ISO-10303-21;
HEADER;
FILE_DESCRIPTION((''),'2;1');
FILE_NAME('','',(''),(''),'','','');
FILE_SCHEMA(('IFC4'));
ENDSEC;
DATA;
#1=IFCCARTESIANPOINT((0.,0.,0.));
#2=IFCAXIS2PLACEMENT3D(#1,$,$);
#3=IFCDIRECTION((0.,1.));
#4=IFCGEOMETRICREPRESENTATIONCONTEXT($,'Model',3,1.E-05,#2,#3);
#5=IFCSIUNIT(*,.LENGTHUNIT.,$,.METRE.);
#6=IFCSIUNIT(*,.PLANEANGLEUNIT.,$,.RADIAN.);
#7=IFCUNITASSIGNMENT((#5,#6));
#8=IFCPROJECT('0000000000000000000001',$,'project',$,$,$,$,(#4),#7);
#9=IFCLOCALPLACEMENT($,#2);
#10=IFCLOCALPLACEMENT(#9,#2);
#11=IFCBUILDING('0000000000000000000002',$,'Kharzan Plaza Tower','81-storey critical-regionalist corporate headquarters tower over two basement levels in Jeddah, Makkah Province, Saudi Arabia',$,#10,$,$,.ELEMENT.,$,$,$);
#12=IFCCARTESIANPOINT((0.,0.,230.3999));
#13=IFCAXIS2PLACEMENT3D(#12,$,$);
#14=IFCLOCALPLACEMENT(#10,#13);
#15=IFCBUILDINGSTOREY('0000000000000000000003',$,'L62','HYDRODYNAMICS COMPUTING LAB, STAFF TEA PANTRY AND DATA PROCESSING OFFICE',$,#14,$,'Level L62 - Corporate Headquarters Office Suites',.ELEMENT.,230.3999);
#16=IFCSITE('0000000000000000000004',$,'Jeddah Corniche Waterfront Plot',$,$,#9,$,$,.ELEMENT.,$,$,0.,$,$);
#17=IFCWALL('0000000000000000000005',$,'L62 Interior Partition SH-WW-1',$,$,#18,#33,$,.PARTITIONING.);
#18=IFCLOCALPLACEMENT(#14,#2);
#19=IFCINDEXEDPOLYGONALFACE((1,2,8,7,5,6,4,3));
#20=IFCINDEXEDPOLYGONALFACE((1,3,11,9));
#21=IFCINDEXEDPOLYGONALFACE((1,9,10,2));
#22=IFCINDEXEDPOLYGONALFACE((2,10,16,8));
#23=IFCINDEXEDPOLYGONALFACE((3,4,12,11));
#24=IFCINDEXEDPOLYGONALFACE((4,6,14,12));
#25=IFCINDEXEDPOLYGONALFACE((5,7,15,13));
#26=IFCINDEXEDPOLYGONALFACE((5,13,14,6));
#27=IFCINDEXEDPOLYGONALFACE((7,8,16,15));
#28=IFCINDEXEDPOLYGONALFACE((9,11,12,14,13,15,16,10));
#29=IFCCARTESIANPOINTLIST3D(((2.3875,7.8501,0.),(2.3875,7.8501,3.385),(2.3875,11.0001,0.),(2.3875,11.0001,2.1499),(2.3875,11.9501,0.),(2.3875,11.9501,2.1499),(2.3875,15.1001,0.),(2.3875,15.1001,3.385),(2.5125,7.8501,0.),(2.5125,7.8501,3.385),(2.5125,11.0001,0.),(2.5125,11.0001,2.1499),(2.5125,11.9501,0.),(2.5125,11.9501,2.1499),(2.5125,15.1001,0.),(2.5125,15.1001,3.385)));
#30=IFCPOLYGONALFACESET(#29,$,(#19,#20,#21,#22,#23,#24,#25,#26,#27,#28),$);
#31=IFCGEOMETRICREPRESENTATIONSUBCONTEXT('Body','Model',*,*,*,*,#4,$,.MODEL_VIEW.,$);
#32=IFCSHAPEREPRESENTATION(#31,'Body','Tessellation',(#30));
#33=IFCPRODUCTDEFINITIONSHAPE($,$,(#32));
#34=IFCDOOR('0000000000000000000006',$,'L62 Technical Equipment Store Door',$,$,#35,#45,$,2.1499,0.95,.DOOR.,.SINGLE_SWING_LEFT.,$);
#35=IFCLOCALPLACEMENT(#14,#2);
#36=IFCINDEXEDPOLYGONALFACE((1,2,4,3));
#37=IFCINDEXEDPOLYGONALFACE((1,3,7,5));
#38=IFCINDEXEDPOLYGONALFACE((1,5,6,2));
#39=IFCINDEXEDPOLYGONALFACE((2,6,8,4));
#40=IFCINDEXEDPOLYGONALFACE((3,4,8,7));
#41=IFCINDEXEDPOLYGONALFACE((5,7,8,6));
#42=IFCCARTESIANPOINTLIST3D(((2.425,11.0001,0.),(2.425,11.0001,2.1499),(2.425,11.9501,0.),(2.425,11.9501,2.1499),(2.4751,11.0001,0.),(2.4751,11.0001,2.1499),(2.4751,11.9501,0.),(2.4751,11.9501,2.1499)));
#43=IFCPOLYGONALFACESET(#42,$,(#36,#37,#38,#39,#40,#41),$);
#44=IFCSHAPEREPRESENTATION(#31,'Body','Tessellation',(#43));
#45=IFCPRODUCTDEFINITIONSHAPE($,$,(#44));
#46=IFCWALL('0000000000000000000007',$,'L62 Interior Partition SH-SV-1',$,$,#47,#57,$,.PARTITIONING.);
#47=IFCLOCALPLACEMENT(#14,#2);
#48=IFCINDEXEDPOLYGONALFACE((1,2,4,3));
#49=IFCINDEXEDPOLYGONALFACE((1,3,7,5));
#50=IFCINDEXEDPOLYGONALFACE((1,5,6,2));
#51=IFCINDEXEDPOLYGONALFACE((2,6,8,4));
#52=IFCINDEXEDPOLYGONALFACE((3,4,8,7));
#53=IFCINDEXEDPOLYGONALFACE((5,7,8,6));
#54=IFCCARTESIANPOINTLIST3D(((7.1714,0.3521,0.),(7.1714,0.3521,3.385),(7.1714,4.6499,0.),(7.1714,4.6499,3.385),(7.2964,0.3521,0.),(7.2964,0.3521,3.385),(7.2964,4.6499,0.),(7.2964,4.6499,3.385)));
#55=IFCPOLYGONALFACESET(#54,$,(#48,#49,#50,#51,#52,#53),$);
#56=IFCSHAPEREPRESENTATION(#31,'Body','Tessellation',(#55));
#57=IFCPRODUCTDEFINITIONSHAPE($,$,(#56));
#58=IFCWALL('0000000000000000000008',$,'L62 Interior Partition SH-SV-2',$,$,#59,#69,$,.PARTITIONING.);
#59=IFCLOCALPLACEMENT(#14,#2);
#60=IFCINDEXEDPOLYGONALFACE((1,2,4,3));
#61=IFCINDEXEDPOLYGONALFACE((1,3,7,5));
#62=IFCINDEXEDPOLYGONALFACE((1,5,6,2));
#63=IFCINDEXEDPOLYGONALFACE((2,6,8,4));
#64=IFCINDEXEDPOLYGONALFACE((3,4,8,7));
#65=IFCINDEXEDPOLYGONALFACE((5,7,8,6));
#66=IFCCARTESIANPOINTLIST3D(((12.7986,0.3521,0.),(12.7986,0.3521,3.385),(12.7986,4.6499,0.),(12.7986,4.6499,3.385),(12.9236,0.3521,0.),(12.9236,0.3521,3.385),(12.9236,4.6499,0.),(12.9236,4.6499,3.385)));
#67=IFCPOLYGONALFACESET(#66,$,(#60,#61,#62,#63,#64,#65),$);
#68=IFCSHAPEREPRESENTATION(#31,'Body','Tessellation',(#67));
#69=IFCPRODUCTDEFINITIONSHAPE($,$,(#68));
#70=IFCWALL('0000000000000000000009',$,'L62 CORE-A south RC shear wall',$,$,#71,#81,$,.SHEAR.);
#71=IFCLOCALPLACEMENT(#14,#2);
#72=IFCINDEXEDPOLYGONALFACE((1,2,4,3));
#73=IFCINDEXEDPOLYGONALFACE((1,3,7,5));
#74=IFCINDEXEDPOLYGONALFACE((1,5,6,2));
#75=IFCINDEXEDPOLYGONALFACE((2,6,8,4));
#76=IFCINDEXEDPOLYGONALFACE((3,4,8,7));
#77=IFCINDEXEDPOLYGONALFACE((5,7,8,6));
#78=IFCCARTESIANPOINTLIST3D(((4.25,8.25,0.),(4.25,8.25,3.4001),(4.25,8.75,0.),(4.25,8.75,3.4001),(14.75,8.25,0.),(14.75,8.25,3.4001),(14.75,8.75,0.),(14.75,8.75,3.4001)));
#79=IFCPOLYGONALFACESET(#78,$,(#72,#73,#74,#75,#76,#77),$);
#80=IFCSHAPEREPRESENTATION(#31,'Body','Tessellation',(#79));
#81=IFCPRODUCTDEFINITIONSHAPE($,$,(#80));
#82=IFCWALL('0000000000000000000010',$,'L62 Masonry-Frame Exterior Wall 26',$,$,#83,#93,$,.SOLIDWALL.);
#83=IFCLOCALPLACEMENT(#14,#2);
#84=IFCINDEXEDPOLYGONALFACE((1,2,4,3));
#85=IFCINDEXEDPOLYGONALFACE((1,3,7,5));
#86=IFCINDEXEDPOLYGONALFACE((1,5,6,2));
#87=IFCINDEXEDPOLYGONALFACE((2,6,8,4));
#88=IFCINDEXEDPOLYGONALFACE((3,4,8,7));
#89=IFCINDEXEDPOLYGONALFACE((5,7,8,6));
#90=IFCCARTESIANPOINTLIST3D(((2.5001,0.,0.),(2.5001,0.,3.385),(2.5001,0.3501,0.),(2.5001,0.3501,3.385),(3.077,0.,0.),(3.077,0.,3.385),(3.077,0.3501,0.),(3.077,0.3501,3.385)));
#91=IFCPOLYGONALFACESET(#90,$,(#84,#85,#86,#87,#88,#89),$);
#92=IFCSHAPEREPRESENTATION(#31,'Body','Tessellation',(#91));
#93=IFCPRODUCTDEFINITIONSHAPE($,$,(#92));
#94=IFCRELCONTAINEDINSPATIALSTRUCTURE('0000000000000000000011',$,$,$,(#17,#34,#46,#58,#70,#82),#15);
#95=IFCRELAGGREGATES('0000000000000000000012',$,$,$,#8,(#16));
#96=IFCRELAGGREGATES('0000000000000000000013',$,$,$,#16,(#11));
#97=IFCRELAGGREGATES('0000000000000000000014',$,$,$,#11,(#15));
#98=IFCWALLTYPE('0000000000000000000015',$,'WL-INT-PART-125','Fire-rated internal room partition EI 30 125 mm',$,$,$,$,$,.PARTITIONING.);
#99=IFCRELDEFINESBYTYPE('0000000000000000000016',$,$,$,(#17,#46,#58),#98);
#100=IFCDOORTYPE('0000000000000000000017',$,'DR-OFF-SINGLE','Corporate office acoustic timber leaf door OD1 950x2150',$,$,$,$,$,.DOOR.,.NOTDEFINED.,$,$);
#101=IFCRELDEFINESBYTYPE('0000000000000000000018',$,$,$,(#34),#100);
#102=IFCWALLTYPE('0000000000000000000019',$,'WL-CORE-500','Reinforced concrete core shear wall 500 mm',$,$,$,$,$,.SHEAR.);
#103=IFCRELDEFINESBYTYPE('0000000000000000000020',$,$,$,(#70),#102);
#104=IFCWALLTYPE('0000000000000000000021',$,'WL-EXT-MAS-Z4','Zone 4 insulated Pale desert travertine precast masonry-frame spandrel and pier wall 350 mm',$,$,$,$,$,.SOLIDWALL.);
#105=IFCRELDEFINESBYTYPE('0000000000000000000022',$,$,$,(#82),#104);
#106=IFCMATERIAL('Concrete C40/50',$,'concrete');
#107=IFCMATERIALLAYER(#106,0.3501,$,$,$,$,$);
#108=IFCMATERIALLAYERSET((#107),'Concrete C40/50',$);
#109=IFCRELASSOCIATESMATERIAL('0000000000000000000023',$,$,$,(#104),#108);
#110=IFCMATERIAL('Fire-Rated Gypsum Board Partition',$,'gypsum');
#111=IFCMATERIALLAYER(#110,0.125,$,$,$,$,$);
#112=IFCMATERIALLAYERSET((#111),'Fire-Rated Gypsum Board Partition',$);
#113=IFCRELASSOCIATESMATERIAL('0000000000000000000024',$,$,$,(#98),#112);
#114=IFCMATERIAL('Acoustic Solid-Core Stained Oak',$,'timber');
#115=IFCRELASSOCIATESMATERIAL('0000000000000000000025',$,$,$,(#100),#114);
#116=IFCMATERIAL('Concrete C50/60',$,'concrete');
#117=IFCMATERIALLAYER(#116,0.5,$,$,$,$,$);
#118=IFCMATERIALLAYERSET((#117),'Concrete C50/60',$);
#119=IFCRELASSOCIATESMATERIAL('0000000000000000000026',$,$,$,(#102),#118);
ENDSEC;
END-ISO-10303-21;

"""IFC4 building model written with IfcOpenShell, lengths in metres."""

from ifc_helpers import new_model, si_unit, direction, frame, frame_2d, origin, place, context, subcontext, project, spatial, rectangle, extrude, source, transform, mapped, material, layer, layer_set, type_object, element, fill, save


model = new_model("IFC4")

# Units and contexts
model_context = context("Model", 3, precision=1e-05, world=origin(), true_north=direction((0.0, 1.0)))
body_context = subcontext(model_context, "Body", "Model", "MODEL_VIEW")
ifc_project = project(units=[si_unit("LENGTHUNIT", "METRE"), si_unit("PLANEANGLEUNIT", "RADIAN")], contexts=[model_context])

# Site, building, storey
site_placement = place(None, origin())
site = spatial("IfcSite", under=ifc_project, at=site_placement, Name="Jeddah Corniche Waterfront Plot", CompositionType="ELEMENT", RefElevation=0.0)
building_placement = place(site_placement, origin())
building = spatial("IfcBuilding", under=site, at=building_placement, Name="Kharzan Plaza Tower", Description="81-storey critical-regionalist corporate headquarters tower over two basement levels in Jeddah, Makkah Province, Saudi Arabia", CompositionType="ELEMENT")
storey_placement = place(building_placement, frame((0.0, 0.0, 230.3999)))
storey = spatial("IfcBuildingStorey", under=building, at=storey_placement, Name="L62", Description="HYDRODYNAMICS COMPUTING LAB, STAFF TEA PANTRY AND DATA PROCESSING OFFICE", LongName="Level L62 - Corporate Headquarters Office Suites", CompositionType="ELEMENT", Elevation=230.3999)

# Shared definitions
ifc_material_1 = material(Name="Concrete C50/60", Category="concrete")

# Shared definitions
ifc_material_2 = material(Name="Concrete C40/50", Category="concrete")
ifc_layer_1 = layer(ifc_material_2, 0.3501)
ifc_layer_set_1 = layer_set([ifc_layer_1], Name="Concrete C40/50")
wall_type_1 = type_object("IfcWallType", Name="WL-EXT-MAS-Z4", Description="Zone 4 insulated Pale desert travertine precast masonry-frame spandrel and pier wall 350 mm", PredefinedType="SOLIDWALL", material=ifc_layer_set_1)

# Wall, opening, door
ifc_material_3 = material(Name="Fire-Rated Gypsum Board Partition", Category="gypsum")
ifc_layer_2 = layer(ifc_material_3, 0.125)
ifc_layer_set_2 = layer_set([ifc_layer_2], Name="Fire-Rated Gypsum Board Partition")
wall_type_2 = type_object("IfcWallType", Name="WL-INT-PART-125", Description="Fire-rated internal room partition EI 30 125 mm", PredefinedType="PARTITIONING", material=ifc_layer_set_2)
ifc_material_4 = material(Name="Acoustic Solid-Core Stained Oak", Category="timber")
door_type = type_object("IfcDoorType", Name="DR-OFF-SINGLE", Description="Corporate office acoustic timber leaf door OD1 950x2150", OperationType="NOTDEFINED", PredefinedType="DOOR", material=ifc_material_4)
shared_shape_1 = source(origin(), body_context, "Body", "SweptSolid", [
    extrude(rectangle(XDim=0.95, YDim=2.1499, at=frame_2d((0.4751, 1.075))), frame((0.0, 0.0249, 0.0), z_axis=(0.0, -1.0, 0.0), x_axis=(1.0, 0.0, 0.0)), (0.0, 0.0, 1.0), 0.05),
])
wall_1_placement = place(storey_placement, frame((2.45, 7.8501, 0.0), z_axis=(0.0, 0.0, 1.0), x_axis=(0.0, 1.0, 0.0)))
wall_1 = element("IfcWall", 1, at=wall_1_placement, inside=storey, type_object=wall_type_2, Name="L62 Interior Partition SH-WW-1", PredefinedType="PARTITIONING", context=body_context, shape_type="SweptSolid", body=[
    extrude(rectangle(XDim=7.25, YDim=0.125, at=frame_2d((3.625, 0.0))), origin(), (0.0, 0.0, 1.0), 3.385),
])
opening_1_placement = place(wall_1_placement, frame((3.1499, 0.0, 0.0)))
opening_1 = element("IfcOpeningElement", 2, at=opening_1_placement, cuts=wall_1, PredefinedType="OPENING", context=body_context, shape_type="SweptSolid", body=[
    extrude(rectangle(XDim=0.95, YDim=2.1499, at=frame_2d((0.4751, 1.075))), frame((0.0, 0.0725, 0.0), z_axis=(0.0, -1.0, 0.0), x_axis=(1.0, 0.0, 0.0)), (0.0, 0.0, 1.0), 0.145),
])
door_1_placement = place(opening_1_placement, origin())
door_1 = element("IfcDoor", 3, at=door_1_placement, inside=storey, type_object=door_type, Name="L62 Technical Equipment Store Door", OperationType="SINGLE_SWING_LEFT", OverallHeight=2.1499, OverallWidth=0.95, PredefinedType="DOOR", context=body_context, shape_type="MappedRepresentation", body=[
    mapped(shared_shape_1, transform((0.0, 0.0, 0.0), x_axis=(1.0, 0.0, 0.0), y_axis=(0.0, 1.0, 0.0), z_axis=(0.0, 0.0, 1.0))),
])
fill(opening_1, door_1)

# Walls
shared_shape_2 = source(origin(), body_context, "Body", "SweptSolid", [
    extrude(rectangle(XDim=4.2979, YDim=0.125, at=frame_2d((2.1489, 0.0))), origin(), (0.0, 0.0, 1.0), 3.385),
])
for number, where, z_axis, x_axis, name in (
    (4, (7.2339, 0.3521, 0.0), (0.0, 0.0, 1.0), (0.0, 1.0, 0.0), "L62 Interior Partition SH-SV-1"),
    (5, (12.8611, 0.3521, 0.0), (0.0, 0.0, 1.0), (0.0, 1.0, 0.0), "L62 Interior Partition SH-SV-2"),
):
    element("IfcWall", number, at=place(storey_placement, frame(where, z_axis=z_axis, x_axis=x_axis)), inside=storey, type_object=wall_type_2, Name=name, PredefinedType="PARTITIONING", context=body_context, shape_type="MappedRepresentation", body=[
        mapped(shared_shape_2, transform((0.0, 0.0, 0.0), x_axis=(1.0, 0.0, 0.0), y_axis=(0.0, 1.0, 0.0), z_axis=(0.0, 0.0, 1.0))),
    ])
ifc_layer_3 = layer(ifc_material_1, 0.5)
ifc_layer_set_3 = layer_set([ifc_layer_3], Name="Concrete C50/60")
wall_type_3 = type_object("IfcWallType", Name="WL-CORE-500", Description="Reinforced concrete core shear wall 500 mm", PredefinedType="SHEAR", material=ifc_layer_set_3)
shared_shape_3 = source(origin(), body_context, "Body", "SweptSolid", [
    extrude(rectangle(XDim=10.5, YDim=0.5, at=frame_2d((5.25, 0.0))), origin(), (0.0, 0.0, 1.0), 3.4001),
])
wall_2_placement = place(storey_placement, frame((4.25, 8.5, 0.0), z_axis=(0.0, 0.0, 1.0), x_axis=(1.0, 0.0, 0.0)))
element("IfcWall", 6, at=wall_2_placement, inside=storey, type_object=wall_type_3, Name="L62 CORE-A south RC shear wall", PredefinedType="SHEAR", context=body_context, shape_type="MappedRepresentation", body=[
    mapped(shared_shape_3, transform((0.0, 0.0, 0.0), x_axis=(1.0, 0.0, 0.0), y_axis=(0.0, 1.0, 0.0), z_axis=(0.0, 0.0, 1.0))),
])
shared_shape_4 = source(origin(), body_context, "Body", "SweptSolid", [
    extrude(rectangle(XDim=0.5769, YDim=0.3501, at=frame_2d((0.2886, 0.0))), origin(), (0.0, 0.0, 1.0), 3.385),
])
wall_3_placement = place(storey_placement, frame((2.5, 0.175, 0.0), z_axis=(0.0, 0.0, 1.0), x_axis=(1.0, 0.0, 0.0)))
element("IfcWall", 7, at=wall_3_placement, inside=storey, type_object=wall_type_1, Name="L62 Masonry-Frame Exterior Wall 26", PredefinedType="SOLIDWALL", context=body_context, shape_type="MappedRepresentation", body=[
    mapped(shared_shape_4, transform((0.0, 0.0, 0.0), x_axis=(1.0, 0.0, 0.0), y_axis=(0.0, 1.0, 0.0), z_axis=(0.0, 0.0, 1.0))),
])

save(model, "model.ifc")
